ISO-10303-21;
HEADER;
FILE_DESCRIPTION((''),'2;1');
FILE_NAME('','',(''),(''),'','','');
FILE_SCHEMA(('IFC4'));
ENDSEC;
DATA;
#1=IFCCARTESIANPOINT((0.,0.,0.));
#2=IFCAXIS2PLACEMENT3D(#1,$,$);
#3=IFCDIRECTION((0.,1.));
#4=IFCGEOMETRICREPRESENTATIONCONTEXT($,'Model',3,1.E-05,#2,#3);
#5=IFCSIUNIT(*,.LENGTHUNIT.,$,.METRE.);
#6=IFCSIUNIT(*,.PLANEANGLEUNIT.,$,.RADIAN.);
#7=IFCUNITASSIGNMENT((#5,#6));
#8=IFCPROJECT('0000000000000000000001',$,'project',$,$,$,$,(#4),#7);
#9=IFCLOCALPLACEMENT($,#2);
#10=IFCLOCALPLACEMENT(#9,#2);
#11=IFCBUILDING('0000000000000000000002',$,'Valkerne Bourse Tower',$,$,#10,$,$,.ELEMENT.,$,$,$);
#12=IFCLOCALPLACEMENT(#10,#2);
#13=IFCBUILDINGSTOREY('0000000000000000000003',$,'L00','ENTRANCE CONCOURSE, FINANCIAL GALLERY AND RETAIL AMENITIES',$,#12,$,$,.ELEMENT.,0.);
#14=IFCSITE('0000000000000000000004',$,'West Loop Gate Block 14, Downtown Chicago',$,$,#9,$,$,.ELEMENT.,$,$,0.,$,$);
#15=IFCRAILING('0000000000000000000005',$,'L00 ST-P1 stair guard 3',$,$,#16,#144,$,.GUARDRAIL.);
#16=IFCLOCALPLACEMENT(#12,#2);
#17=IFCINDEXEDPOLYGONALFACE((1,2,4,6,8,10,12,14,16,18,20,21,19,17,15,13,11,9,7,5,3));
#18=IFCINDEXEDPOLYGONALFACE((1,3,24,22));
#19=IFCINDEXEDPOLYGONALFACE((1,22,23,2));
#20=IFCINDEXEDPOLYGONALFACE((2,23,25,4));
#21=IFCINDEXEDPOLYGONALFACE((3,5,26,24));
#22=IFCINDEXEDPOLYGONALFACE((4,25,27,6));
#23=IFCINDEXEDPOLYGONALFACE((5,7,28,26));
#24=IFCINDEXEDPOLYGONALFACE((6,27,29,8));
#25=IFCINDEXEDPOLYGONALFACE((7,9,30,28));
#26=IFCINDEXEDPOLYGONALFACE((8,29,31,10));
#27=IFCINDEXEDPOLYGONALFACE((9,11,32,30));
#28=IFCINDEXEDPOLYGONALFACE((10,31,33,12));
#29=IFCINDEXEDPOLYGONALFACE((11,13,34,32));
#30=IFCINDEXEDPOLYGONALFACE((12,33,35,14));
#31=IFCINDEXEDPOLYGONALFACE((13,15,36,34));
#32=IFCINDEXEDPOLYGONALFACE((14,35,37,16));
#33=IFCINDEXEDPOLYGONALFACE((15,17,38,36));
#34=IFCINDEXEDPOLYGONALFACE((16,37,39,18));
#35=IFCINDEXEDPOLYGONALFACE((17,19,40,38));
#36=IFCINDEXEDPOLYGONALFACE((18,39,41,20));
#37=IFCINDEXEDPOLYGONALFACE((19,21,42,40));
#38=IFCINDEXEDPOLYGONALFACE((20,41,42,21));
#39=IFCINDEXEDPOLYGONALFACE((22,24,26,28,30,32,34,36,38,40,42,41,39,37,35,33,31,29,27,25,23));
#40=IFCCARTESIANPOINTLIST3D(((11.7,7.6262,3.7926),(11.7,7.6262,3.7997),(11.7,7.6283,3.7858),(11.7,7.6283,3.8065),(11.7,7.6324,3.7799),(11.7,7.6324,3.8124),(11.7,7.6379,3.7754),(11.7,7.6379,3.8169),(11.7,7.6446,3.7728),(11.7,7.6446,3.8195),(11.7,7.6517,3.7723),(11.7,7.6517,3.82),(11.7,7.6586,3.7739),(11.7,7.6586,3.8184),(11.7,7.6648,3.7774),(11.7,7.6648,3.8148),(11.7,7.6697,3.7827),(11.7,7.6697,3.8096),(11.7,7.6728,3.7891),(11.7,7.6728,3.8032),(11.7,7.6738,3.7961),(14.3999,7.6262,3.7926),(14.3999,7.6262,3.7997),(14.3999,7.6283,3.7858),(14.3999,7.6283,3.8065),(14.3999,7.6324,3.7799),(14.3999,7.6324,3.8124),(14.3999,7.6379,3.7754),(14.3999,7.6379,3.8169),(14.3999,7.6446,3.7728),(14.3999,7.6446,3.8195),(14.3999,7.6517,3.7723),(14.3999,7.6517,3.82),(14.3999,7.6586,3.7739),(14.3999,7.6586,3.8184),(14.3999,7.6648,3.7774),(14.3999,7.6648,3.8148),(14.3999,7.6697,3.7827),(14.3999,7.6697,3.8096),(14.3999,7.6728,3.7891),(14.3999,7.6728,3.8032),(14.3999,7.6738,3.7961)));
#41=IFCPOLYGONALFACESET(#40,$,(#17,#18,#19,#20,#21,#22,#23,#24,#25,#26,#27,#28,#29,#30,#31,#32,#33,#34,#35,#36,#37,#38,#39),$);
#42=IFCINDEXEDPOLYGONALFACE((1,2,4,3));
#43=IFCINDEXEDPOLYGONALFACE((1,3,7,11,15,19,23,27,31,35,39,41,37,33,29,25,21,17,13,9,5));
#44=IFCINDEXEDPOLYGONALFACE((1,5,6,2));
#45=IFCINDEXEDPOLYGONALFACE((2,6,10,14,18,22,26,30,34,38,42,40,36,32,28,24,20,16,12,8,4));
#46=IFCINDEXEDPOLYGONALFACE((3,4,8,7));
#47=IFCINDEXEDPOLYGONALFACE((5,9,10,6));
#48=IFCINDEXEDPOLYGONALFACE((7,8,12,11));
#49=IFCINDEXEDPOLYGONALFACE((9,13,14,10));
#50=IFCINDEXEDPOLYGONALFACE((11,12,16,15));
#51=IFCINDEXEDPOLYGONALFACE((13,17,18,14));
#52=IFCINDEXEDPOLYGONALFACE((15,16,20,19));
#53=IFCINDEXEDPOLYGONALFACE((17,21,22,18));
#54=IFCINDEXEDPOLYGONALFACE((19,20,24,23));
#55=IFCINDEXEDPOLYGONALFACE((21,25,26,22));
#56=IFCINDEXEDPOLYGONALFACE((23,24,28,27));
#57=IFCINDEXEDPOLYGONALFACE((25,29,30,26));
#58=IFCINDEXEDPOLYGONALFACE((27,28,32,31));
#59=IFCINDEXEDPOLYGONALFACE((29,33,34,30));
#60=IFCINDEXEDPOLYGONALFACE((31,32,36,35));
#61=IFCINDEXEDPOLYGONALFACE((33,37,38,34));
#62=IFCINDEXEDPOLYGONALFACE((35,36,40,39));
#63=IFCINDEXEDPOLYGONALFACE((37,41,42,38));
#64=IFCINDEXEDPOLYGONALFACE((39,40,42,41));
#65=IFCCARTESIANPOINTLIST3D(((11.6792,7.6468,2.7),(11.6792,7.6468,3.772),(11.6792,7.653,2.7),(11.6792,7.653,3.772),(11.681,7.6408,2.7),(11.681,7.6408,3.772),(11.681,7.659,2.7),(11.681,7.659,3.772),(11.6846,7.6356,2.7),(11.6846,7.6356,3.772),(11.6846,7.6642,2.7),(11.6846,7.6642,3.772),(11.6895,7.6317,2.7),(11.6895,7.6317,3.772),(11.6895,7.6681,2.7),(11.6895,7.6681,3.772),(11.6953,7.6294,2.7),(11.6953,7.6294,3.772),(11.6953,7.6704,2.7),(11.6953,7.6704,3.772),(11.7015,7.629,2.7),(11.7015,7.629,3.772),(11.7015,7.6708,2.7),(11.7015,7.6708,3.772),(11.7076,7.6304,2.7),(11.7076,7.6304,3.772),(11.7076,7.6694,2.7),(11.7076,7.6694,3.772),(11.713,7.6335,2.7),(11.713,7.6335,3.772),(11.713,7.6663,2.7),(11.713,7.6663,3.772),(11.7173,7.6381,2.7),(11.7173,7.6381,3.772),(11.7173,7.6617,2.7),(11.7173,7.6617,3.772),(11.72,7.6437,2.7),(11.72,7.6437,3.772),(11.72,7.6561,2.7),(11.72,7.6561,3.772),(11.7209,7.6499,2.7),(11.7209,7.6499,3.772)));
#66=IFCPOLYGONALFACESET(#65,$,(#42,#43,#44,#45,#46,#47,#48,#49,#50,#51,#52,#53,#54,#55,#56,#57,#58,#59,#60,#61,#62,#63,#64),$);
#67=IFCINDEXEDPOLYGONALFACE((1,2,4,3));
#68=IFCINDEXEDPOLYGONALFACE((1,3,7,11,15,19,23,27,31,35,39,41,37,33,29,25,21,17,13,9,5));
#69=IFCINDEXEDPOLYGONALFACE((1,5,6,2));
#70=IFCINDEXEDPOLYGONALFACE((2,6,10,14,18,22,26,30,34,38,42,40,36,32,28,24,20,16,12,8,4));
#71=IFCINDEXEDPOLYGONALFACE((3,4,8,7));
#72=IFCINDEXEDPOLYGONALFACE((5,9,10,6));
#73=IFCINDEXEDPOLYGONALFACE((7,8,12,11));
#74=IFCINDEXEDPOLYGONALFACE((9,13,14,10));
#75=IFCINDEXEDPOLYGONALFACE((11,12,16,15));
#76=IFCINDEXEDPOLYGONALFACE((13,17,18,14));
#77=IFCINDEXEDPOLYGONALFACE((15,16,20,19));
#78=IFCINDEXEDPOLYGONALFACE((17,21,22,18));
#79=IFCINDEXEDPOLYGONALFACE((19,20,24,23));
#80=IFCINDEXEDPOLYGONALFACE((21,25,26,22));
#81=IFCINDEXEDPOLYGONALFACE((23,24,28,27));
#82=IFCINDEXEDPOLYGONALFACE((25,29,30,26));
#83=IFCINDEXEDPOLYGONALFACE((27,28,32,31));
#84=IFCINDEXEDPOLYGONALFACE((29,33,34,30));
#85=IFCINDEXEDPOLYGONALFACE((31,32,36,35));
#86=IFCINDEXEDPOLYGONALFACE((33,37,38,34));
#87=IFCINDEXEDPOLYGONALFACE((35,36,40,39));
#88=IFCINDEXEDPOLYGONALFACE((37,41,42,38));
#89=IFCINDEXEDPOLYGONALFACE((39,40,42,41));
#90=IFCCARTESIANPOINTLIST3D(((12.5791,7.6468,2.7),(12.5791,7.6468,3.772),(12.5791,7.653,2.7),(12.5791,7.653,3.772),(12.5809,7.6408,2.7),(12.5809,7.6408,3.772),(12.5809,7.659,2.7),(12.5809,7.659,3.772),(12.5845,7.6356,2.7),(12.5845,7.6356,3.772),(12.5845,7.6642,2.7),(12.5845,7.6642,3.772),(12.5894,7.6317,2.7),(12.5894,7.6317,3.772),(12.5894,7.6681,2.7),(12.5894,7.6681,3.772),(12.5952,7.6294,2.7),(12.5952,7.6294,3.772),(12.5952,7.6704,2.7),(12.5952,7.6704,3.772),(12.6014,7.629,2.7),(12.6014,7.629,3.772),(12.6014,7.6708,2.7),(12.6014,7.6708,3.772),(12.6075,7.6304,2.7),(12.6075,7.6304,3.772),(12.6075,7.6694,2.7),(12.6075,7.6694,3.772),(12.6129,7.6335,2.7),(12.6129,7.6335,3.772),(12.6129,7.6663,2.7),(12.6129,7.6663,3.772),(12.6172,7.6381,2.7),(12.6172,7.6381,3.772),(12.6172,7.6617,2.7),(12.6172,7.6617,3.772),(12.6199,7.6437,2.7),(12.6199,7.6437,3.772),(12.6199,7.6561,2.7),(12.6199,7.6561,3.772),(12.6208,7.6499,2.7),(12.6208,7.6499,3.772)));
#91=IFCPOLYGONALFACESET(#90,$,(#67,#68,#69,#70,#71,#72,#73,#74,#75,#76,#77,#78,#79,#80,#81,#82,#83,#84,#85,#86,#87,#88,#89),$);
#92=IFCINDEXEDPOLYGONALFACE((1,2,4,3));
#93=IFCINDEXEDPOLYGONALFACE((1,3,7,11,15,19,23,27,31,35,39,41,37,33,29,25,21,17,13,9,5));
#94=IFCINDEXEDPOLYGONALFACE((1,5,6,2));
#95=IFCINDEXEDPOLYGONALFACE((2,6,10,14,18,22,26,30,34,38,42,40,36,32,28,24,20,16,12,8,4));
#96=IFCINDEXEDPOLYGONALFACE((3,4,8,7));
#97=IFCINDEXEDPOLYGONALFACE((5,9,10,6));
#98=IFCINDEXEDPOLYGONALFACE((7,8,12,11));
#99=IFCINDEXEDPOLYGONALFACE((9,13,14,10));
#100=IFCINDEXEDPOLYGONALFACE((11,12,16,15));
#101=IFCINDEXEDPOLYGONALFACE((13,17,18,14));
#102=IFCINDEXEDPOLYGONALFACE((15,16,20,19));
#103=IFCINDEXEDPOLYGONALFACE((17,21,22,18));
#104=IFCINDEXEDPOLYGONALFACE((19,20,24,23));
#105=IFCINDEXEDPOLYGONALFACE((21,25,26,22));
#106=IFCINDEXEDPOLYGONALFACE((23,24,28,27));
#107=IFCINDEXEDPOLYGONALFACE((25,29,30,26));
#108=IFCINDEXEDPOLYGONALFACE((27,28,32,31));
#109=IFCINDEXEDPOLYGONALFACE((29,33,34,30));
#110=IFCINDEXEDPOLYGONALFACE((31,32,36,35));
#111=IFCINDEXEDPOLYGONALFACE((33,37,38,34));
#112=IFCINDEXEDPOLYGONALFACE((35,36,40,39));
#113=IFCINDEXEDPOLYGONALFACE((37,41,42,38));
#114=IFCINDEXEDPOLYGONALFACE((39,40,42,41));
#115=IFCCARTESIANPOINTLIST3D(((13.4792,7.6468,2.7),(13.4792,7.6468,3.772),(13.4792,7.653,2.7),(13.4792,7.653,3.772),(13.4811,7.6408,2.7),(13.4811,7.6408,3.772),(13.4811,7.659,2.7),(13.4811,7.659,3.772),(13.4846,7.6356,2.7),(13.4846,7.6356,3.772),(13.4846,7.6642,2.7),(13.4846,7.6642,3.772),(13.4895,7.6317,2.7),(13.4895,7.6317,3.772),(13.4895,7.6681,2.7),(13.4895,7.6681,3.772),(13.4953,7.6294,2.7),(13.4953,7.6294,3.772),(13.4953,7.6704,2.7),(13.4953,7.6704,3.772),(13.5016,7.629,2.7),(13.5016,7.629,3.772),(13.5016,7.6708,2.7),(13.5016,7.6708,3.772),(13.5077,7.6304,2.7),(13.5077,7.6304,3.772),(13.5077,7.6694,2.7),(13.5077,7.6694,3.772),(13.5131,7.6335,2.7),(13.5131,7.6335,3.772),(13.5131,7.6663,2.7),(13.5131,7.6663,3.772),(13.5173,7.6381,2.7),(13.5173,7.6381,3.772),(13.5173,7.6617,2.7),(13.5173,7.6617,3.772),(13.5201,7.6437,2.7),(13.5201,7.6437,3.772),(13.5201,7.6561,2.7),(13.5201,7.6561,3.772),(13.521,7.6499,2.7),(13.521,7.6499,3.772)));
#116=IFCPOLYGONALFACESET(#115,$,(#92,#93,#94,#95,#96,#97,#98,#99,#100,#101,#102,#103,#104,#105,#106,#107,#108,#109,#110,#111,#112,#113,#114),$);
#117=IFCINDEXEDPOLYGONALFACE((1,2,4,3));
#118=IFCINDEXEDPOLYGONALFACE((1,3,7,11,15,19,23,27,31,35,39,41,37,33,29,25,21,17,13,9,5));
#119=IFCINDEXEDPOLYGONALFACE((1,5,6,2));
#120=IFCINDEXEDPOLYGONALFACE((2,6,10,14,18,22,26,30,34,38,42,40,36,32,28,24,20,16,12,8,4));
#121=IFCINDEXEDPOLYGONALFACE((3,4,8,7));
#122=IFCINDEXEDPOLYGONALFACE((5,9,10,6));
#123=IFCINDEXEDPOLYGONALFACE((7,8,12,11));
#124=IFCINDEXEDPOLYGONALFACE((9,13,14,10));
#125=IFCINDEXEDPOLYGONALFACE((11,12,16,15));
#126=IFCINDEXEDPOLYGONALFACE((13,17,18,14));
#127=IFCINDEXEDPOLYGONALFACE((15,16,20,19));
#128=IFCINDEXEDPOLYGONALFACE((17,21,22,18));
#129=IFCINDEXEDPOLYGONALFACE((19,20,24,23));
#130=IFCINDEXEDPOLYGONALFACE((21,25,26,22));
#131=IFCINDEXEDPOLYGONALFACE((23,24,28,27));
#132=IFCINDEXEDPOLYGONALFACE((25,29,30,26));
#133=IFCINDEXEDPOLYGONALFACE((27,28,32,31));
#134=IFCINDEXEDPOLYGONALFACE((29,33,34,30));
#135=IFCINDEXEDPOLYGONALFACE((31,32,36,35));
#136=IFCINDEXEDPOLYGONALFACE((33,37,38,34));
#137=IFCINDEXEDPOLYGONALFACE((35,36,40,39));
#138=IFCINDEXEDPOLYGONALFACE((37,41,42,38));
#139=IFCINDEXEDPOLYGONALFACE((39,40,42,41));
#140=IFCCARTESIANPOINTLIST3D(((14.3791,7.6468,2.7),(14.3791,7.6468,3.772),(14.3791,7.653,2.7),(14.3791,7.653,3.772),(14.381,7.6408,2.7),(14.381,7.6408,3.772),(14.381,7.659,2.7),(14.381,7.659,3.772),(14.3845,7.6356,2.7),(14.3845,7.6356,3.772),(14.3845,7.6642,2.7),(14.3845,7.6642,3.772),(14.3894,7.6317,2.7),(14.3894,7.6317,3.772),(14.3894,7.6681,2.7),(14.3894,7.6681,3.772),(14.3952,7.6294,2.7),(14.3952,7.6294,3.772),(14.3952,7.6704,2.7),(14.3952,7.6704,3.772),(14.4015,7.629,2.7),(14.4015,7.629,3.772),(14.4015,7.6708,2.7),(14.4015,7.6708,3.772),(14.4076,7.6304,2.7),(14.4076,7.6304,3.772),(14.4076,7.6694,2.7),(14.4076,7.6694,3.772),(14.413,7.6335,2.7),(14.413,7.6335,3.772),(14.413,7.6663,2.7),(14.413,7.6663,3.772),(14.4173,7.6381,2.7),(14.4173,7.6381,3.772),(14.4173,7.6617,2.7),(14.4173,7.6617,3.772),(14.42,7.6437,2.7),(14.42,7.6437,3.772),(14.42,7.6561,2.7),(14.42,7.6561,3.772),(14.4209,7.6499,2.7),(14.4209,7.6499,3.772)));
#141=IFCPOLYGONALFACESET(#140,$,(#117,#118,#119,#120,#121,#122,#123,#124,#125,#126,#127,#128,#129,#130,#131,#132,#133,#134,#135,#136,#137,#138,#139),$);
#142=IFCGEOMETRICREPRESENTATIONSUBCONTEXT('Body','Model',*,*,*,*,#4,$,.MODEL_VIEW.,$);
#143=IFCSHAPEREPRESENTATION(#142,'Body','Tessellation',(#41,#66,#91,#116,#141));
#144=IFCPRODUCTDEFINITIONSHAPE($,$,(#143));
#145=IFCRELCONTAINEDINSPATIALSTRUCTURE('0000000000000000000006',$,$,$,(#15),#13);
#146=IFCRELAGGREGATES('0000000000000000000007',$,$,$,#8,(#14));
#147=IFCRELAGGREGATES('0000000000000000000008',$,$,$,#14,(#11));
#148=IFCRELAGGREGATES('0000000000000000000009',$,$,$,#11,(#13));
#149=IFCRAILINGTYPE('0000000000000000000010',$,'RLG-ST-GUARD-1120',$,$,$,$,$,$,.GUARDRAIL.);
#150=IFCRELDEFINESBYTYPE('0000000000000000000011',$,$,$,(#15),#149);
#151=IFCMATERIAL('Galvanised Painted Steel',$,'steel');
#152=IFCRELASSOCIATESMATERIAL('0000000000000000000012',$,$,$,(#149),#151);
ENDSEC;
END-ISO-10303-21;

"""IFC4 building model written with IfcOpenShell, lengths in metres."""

from ifc_helpers import new_model, si_unit, direction, frame, origin, origin_2d, place, context, subcontext, project, spatial, circle, extrude, material, type_object, element, save


model = new_model("IFC4")

# Units and contexts
model_context = context("Model", 3, precision=1e-05, world=origin(), true_north=direction((0.0, 1.0)))
body_context = subcontext(model_context, "Body", "Model", "MODEL_VIEW")
ifc_project = project(units=[si_unit("LENGTHUNIT", "METRE"), si_unit("PLANEANGLEUNIT", "RADIAN")], contexts=[model_context])

# Site, building, storey
site_placement = place(None, origin())
site = spatial("IfcSite", under=ifc_project, at=site_placement, Name="West Loop Gate Block 14, Downtown Chicago", CompositionType="ELEMENT", RefElevation=0.0)
building_placement = place(site_placement, origin())
building = spatial("IfcBuilding", under=site, at=building_placement, Name="Valkerne Bourse Tower", CompositionType="ELEMENT")
storey_placement = place(building_placement, origin())
storey = spatial("IfcBuildingStorey", under=building, at=storey_placement, Name="L00", Description="ENTRANCE CONCOURSE, FINANCIAL GALLERY AND RETAIL AMENITIES", CompositionType="ELEMENT", Elevation=0.0)

# Shared definitions
ifc_material_1 = material(Name="Galvanised Painted Steel", Category="steel")

# Railing
railing_type_1 = type_object("IfcRailingType", Name="RLG-ST-GUARD-1120", PredefinedType="GUARDRAIL", material=ifc_material_1)
railing_1_placement = place(storey_placement, frame((11.7, 7.6499, 2.7)))
element("IfcRailing", 1, at=railing_1_placement, inside=storey, type_object=railing_type_1, Name="L00 ST-P1 stair guard 3", PredefinedType="GUARDRAIL", context=body_context, shape_type="SweptSolid", body=[
    extrude(circle(Radius=0.0239, at=origin_2d()), frame((0.0, 0.0, 1.0962), z_axis=(1.0, 0.0, 0.0), x_axis=(0.0, 1.0, 0.0)), (0.0, 0.0, 1.0), 2.7),
    extrude(circle(Radius=0.021, at=origin_2d()), origin(), (0.0, 0.0, 1.0), 1.072),
    extrude(circle(Radius=0.021, at=origin_2d()), frame((0.8999, 0.0, 0.0)), (0.0, 0.0, 1.0), 1.072),
    extrude(circle(Radius=0.021, at=origin_2d()), frame((1.8, 0.0, 0.0)), (0.0, 0.0, 1.0), 1.072),
    extrude(circle(Radius=0.021, at=origin_2d()), frame((2.7, 0.0, 0.0)), (0.0, 0.0, 1.0), 1.072),
])

save(model, "model.ifc")
